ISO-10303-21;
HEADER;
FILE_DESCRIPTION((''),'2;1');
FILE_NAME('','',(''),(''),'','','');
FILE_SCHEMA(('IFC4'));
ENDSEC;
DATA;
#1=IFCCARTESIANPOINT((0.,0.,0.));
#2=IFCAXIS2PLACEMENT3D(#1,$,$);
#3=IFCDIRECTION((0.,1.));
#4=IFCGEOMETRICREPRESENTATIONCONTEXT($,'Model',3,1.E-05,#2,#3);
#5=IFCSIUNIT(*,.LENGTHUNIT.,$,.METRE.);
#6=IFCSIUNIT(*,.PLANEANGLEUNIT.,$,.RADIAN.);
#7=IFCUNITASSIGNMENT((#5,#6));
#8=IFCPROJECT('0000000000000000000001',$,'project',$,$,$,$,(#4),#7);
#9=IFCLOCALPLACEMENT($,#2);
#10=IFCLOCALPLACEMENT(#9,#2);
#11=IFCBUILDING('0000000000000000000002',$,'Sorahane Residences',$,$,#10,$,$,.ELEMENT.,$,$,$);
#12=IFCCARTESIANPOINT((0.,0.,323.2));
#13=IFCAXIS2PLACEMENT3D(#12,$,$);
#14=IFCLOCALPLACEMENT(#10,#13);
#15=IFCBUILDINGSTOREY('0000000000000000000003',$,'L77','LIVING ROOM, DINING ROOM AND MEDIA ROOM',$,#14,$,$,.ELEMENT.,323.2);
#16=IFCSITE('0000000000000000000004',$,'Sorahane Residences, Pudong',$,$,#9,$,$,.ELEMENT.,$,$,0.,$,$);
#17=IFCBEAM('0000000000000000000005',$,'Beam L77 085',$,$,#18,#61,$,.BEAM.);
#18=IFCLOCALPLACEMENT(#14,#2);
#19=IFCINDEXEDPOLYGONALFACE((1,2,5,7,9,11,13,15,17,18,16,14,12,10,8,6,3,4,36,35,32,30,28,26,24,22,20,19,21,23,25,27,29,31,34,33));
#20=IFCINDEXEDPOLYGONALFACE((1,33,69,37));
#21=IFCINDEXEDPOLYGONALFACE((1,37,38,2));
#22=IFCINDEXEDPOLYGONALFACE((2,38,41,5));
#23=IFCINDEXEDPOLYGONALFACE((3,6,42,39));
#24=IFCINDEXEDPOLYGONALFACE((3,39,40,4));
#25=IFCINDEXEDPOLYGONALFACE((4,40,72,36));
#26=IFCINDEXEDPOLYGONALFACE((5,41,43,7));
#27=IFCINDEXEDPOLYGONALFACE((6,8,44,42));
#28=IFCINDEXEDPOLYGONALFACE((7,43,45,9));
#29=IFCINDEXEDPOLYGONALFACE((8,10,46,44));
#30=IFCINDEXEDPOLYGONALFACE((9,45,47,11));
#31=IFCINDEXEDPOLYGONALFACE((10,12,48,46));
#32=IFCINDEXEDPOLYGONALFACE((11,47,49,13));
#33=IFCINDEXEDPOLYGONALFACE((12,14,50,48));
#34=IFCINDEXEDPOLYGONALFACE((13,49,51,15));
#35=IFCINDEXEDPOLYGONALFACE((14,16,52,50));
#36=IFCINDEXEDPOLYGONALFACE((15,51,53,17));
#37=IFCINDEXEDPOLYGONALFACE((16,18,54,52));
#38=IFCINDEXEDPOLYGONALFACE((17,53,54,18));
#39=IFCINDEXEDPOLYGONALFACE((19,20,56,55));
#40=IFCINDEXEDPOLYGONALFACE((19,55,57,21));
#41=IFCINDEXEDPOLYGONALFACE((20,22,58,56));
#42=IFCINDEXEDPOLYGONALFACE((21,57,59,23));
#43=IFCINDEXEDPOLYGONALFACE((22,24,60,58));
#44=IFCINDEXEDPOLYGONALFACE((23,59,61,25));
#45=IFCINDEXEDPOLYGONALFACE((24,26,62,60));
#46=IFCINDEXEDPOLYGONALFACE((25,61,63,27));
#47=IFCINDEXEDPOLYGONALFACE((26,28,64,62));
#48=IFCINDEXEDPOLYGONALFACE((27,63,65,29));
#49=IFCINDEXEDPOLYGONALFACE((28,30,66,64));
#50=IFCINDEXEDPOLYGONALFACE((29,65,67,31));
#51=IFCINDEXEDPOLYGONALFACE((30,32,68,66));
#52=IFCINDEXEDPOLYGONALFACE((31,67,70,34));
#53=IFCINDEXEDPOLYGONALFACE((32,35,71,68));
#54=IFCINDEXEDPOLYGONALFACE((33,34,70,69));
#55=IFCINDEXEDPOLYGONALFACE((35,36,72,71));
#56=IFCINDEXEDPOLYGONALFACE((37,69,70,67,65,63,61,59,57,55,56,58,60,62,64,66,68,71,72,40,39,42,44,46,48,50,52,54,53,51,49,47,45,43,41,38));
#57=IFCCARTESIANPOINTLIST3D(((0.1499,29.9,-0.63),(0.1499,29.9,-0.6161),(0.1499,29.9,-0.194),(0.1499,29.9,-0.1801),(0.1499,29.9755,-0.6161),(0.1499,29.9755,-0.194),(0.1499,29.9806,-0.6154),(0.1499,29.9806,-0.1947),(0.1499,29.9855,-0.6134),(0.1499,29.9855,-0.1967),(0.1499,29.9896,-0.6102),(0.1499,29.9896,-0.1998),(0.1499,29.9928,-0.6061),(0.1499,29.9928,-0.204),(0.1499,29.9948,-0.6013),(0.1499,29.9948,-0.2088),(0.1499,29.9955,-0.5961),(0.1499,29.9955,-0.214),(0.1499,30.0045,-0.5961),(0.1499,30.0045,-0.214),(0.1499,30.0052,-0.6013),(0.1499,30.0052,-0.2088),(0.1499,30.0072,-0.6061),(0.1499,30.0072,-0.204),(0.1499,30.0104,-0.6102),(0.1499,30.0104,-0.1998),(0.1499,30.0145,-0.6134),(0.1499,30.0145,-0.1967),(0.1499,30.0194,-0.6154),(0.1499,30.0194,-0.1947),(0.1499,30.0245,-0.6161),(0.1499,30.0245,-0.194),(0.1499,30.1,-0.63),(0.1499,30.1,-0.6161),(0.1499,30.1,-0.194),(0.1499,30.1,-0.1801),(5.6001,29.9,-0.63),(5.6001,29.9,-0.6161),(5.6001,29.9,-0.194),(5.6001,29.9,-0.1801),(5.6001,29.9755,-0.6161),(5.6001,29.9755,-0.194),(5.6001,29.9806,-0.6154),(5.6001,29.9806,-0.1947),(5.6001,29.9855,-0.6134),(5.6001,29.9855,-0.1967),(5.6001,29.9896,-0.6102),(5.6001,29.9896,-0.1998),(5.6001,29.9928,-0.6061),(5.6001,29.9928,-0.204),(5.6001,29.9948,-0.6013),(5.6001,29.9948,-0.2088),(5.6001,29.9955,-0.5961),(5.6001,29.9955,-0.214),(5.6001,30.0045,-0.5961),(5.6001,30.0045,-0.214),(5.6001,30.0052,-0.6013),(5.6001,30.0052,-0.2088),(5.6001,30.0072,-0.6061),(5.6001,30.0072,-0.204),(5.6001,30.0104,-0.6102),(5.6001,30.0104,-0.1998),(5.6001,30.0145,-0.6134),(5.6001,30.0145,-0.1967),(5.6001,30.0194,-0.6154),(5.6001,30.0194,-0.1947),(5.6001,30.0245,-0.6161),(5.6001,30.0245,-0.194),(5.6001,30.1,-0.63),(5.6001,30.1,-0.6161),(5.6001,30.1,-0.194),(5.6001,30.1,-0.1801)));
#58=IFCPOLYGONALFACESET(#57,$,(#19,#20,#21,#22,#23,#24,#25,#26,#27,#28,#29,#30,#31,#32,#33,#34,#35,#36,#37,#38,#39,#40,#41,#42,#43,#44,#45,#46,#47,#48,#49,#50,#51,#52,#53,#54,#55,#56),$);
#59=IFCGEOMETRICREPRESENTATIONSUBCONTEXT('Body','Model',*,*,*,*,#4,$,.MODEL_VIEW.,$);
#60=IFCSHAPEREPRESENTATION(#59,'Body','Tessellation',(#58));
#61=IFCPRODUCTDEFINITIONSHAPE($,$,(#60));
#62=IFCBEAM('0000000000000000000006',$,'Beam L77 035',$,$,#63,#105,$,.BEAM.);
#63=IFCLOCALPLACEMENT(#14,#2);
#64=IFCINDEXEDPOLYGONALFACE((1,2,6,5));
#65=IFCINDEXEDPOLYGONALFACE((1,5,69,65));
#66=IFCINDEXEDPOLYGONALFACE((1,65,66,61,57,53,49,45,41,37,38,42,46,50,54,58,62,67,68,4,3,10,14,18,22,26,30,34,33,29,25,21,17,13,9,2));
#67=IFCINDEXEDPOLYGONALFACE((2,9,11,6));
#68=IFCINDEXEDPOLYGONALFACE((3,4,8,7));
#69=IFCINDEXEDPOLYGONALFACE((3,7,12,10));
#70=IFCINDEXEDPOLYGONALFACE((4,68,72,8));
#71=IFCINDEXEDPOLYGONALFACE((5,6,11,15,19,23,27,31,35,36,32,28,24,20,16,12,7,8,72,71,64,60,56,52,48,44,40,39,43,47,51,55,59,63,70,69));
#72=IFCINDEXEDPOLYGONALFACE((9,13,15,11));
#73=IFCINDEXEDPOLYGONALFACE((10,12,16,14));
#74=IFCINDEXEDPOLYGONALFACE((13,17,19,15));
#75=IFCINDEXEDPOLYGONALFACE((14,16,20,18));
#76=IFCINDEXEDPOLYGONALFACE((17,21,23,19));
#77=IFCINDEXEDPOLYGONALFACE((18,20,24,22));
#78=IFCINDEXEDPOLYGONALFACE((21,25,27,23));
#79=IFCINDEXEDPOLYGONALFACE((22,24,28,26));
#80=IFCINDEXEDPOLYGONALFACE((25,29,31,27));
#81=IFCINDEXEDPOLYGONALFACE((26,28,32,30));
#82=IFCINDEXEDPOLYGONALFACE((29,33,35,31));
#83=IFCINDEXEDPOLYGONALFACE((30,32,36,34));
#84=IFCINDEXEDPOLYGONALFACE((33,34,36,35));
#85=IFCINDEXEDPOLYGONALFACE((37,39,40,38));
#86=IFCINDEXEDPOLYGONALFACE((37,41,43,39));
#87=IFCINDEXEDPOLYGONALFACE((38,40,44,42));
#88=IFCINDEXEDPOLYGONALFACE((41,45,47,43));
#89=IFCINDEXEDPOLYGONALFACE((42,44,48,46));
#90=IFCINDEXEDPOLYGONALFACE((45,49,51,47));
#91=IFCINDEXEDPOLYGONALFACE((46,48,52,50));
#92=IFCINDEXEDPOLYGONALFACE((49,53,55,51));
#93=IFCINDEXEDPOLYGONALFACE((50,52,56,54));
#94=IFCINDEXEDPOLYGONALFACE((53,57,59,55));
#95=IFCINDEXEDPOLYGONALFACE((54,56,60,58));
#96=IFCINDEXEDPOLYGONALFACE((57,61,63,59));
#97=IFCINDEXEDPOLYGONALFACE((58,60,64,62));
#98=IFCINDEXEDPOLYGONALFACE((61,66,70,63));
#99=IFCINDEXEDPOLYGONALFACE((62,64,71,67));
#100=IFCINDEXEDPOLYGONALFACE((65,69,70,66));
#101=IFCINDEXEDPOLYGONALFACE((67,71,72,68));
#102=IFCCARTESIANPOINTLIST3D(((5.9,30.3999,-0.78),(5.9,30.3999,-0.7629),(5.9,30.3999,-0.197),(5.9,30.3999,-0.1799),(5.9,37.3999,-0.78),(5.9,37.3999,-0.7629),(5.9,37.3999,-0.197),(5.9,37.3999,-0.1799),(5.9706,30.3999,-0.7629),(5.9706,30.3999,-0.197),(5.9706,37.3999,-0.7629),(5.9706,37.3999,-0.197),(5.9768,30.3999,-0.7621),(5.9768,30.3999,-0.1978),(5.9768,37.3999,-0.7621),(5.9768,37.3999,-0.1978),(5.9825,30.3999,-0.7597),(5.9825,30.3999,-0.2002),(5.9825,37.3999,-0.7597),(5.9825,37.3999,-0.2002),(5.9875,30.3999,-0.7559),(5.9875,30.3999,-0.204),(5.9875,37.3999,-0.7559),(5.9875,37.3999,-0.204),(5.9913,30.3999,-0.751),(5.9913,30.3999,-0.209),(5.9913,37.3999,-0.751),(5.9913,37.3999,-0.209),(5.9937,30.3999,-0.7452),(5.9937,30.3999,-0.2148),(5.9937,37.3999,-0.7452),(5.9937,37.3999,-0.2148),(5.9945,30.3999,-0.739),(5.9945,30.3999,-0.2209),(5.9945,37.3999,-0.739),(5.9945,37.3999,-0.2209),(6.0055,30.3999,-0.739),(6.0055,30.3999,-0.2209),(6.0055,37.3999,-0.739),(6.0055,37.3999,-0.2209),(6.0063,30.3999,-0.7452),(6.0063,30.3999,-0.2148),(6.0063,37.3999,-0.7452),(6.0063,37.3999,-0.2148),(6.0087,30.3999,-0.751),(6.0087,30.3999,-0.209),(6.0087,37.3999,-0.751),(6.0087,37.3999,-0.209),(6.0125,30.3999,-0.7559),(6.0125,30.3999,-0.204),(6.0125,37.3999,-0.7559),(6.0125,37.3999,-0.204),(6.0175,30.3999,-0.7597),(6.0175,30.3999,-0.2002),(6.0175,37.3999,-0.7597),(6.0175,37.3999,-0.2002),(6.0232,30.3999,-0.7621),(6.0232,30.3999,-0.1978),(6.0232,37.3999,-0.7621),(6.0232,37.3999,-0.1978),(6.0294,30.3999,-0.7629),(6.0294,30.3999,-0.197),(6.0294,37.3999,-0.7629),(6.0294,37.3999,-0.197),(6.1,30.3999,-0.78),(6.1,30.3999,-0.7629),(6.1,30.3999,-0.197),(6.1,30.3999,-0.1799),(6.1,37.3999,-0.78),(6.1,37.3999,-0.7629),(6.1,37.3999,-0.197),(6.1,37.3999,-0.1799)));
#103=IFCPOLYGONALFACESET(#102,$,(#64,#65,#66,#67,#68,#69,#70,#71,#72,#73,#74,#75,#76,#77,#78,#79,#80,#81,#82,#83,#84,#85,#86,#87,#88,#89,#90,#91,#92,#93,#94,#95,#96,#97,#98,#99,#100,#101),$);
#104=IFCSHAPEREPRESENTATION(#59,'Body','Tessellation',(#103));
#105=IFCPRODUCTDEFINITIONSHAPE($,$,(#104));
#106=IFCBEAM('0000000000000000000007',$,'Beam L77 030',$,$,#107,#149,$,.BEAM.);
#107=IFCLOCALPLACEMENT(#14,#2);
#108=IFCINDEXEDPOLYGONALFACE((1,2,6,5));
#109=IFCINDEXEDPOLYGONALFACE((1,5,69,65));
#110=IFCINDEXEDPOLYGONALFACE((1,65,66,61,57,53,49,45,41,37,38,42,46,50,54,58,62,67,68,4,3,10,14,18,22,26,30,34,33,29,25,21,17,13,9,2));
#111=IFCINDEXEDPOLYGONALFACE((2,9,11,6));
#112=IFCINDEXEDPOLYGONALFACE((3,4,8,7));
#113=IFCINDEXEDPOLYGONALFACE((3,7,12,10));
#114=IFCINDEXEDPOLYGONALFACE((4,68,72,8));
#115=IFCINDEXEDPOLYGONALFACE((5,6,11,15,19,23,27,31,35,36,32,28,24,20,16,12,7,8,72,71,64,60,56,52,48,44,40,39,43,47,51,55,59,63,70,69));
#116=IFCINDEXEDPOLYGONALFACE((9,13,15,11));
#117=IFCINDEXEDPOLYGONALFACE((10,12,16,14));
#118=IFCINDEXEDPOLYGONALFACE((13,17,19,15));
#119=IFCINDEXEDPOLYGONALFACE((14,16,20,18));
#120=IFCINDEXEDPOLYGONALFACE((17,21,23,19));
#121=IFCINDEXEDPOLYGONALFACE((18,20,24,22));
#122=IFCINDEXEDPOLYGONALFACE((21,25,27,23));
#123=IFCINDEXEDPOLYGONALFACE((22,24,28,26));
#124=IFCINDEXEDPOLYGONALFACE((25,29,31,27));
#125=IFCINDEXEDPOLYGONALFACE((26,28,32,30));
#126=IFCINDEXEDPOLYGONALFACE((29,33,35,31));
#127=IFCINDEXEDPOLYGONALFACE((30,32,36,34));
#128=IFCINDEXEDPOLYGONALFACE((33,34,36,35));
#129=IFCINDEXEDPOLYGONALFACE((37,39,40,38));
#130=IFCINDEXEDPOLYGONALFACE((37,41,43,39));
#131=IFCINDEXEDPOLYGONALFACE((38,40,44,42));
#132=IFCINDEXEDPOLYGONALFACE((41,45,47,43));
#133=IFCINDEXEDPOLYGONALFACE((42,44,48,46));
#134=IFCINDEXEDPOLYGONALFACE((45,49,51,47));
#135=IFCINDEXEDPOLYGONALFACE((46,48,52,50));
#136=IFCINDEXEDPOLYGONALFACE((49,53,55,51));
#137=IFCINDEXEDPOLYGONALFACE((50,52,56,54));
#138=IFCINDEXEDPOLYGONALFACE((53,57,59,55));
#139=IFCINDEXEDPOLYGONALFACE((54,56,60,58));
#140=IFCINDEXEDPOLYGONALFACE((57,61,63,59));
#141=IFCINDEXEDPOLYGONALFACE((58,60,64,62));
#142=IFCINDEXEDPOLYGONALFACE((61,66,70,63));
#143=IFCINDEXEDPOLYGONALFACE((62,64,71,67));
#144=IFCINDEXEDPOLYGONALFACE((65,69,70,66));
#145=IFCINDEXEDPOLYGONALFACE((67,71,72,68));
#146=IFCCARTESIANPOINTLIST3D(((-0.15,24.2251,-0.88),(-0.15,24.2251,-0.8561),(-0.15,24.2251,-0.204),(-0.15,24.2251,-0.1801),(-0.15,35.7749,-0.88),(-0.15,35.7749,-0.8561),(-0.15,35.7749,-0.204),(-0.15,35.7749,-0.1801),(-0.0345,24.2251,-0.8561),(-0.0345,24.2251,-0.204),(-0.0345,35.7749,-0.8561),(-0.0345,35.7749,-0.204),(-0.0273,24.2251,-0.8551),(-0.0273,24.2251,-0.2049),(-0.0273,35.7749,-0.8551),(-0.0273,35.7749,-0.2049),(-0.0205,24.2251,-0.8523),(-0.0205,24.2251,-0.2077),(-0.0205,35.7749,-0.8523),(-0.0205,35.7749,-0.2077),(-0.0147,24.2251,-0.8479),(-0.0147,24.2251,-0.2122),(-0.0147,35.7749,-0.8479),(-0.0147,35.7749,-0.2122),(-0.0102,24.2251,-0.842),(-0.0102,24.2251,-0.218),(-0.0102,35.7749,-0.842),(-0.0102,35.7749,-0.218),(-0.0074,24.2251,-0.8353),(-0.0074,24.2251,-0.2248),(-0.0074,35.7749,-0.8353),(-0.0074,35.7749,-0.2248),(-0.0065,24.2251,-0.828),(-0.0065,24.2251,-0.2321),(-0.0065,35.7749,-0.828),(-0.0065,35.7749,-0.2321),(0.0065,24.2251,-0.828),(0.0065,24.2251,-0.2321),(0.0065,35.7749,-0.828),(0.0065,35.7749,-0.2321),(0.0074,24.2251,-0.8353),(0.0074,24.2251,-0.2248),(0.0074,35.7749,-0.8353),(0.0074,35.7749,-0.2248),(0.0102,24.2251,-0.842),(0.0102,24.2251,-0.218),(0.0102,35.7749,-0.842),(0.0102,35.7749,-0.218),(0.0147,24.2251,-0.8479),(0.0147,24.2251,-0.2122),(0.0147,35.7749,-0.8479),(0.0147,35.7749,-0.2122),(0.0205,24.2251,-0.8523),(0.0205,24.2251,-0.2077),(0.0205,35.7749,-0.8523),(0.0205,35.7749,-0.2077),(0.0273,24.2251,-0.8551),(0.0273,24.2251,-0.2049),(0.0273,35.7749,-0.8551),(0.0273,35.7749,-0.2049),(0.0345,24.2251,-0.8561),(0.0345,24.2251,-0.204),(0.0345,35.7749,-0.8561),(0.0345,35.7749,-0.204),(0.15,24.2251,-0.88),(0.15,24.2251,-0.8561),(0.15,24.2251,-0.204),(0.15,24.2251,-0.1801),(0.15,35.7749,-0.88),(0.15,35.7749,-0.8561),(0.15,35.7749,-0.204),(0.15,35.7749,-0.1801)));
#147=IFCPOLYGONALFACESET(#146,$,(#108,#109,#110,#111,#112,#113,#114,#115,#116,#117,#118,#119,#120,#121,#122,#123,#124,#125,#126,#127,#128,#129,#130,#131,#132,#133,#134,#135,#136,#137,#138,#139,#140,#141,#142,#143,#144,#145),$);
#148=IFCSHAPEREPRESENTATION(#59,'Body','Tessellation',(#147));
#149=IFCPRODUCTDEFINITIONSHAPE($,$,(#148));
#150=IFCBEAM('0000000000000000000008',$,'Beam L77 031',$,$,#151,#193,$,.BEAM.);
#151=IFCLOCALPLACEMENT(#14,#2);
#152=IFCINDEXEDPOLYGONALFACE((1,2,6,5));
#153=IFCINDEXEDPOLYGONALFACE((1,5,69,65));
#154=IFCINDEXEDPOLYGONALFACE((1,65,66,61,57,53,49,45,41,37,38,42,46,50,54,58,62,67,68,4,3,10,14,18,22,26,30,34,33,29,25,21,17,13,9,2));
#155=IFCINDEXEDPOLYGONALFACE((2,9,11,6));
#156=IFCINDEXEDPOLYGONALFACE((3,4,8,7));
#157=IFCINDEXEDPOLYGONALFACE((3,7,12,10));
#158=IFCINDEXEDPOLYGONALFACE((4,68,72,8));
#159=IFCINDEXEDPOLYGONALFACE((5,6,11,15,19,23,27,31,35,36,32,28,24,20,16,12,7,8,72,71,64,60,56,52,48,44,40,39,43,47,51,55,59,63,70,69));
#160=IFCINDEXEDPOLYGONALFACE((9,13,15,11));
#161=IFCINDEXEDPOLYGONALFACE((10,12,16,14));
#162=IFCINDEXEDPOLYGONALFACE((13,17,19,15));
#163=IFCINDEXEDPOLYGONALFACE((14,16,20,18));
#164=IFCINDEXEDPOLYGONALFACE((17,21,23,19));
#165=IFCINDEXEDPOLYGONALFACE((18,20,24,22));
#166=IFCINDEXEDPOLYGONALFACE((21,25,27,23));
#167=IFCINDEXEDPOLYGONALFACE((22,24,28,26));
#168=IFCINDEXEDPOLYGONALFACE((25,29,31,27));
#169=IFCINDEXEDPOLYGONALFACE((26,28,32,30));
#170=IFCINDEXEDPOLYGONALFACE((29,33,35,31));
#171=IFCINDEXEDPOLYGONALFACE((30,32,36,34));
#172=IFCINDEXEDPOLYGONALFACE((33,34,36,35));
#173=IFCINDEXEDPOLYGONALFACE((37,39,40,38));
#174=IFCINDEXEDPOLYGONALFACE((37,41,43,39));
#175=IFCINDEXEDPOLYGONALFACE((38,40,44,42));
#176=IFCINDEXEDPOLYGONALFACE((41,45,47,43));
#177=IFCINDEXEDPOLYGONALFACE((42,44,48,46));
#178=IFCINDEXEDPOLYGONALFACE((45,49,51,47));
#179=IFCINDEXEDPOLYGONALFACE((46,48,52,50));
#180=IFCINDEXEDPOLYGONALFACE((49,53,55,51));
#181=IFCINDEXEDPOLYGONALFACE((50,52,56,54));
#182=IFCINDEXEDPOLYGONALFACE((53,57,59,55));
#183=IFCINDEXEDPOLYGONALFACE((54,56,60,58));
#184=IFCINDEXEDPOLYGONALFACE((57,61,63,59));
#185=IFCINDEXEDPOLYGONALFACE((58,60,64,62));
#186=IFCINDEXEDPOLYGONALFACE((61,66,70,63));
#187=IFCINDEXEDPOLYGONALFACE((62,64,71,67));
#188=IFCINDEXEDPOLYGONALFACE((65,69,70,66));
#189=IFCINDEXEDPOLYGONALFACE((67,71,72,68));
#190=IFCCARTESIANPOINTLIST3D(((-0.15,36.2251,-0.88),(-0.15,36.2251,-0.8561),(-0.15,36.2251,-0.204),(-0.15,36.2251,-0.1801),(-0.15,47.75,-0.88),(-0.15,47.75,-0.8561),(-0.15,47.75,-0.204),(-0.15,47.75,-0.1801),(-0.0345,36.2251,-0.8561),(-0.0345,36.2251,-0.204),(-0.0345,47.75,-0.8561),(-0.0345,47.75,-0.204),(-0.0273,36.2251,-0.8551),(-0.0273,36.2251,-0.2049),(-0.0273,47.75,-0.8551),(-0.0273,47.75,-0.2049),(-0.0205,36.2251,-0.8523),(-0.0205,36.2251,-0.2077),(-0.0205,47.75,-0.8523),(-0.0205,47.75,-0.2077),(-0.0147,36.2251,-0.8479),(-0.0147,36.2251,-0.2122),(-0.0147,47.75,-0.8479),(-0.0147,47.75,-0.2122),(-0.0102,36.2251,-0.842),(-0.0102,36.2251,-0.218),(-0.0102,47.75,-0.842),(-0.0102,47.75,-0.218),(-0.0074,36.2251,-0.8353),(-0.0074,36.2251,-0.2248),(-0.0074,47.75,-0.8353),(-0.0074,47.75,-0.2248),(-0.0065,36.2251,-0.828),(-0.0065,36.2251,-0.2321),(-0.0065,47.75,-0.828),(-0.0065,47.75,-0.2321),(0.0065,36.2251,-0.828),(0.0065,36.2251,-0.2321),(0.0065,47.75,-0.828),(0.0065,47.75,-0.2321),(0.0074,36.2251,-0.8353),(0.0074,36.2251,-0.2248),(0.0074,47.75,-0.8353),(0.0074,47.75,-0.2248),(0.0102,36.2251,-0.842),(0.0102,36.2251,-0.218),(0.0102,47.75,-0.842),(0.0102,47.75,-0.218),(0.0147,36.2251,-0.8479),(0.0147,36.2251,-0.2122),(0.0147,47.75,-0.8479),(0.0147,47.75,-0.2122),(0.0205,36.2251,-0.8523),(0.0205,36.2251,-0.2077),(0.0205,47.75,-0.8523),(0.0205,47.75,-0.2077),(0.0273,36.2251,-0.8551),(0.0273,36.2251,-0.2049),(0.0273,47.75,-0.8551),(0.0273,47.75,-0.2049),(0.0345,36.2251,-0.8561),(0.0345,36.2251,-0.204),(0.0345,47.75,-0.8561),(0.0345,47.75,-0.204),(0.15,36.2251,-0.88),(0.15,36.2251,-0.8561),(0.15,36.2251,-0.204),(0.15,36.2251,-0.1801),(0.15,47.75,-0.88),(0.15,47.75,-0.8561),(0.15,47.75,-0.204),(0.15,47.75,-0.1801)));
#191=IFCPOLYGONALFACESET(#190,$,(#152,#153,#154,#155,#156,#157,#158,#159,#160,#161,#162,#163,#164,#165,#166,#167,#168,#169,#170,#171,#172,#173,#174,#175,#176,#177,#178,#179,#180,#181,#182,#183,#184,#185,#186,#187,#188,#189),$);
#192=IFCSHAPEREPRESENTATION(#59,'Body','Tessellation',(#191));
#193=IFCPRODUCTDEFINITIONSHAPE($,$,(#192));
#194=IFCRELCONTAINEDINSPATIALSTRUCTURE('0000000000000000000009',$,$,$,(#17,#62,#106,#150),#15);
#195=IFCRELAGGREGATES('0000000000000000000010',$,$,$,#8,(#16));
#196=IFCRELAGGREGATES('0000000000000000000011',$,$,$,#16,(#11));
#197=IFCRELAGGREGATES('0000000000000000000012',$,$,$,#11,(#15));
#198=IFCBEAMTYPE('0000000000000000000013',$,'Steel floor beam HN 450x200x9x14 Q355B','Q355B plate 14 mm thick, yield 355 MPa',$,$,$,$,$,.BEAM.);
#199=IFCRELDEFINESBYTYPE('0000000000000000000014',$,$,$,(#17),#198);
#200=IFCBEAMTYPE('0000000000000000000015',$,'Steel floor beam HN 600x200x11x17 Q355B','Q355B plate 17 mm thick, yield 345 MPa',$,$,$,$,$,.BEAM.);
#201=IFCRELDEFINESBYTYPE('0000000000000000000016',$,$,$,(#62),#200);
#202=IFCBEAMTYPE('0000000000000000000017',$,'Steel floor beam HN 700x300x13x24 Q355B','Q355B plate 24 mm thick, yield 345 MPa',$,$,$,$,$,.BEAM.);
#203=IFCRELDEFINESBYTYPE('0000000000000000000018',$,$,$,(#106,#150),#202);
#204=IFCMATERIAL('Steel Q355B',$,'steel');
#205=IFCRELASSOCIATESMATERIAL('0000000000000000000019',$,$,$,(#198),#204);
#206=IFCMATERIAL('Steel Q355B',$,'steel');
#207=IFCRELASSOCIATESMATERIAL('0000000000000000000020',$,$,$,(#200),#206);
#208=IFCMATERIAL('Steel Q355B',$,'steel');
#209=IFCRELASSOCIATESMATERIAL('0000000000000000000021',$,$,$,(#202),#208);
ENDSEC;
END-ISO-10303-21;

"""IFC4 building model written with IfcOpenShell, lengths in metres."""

from ifc_helpers import new_model, si_unit, direction, frame, origin, origin_2d, place, context, subcontext, project, spatial, i_section, extrude, material, material_profile, profile_set, type_object, element, save


model = new_model("IFC4")

# Units and contexts
model_context = context("Model", 3, precision=1e-05, world=origin(), true_north=direction((0.0, 1.0)))
body_context = subcontext(model_context, "Body", "Model", "MODEL_VIEW")
ifc_project = project(units=[si_unit("LENGTHUNIT", "METRE"), si_unit("PLANEANGLEUNIT", "RADIAN")], contexts=[model_context])

# Site, building, storey
site_placement = place(None, origin())
site = spatial("IfcSite", under=ifc_project, at=site_placement, Name="Sorahane Residences, Pudong", CompositionType="ELEMENT", RefElevation=0.0)
building_placement = place(site_placement, origin())
building = spatial("IfcBuilding", under=site, at=building_placement, Name="Sorahane Residences", CompositionType="ELEMENT")
storey_placement = place(building_placement, frame((0.0, 0.0, 323.2)))
storey = spatial("IfcBuildingStorey", under=building, at=storey_placement, Name="L77", Description="LIVING ROOM, DINING ROOM AND MEDIA ROOM", CompositionType="ELEMENT", Elevation=323.2)

# Beams
ifc_material_1 = material(Name="Steel Q355B", Category="steel")
ifc_material_profile_1 = material_profile(ifc_material_1, i_section(OverallWidth=0.2, OverallDepth=0.45, WebThickness=0.009, FlangeThickness=0.0139, FilletRadius=0.02, at=origin_2d()), Name="HN 450x200x9x14")
ifc_profile_set_1 = profile_set([ifc_material_profile_1], Name="Steel Q355B")
beam_type_1 = type_object("IfcBeamType", Name="Steel floor beam HN 450x200x9x14 Q355B", Description="Q355B plate 14 mm thick, yield 355 MPa", PredefinedType="BEAM", material=ifc_profile_set_1)
beam_1_placement = place(storey_placement, frame((0.1499, 30.0, -0.405), z_axis=(1.0, 0.0, 0.0), x_axis=(0.0, 1.0, 0.0)))
element("IfcBeam", 1, at=beam_1_placement, inside=storey, type_object=beam_type_1, Name="Beam L77 085", PredefinedType="BEAM", context=body_context, shape_type="SweptSolid", body=[
    extrude(i_section(OverallWidth=0.2, OverallDepth=0.45, WebThickness=0.009, FlangeThickness=0.0139, FilletRadius=0.02, at=origin_2d()), origin(), (0.0, 0.0, 1.0), 5.4502),
])
ifc_material_2 = material(Name="Steel Q355B", Category="steel")
ifc_material_profile_2 = material_profile(ifc_material_2, i_section(OverallWidth=0.2, OverallDepth=0.6001, WebThickness=0.011, FlangeThickness=0.0171, FilletRadius=0.0239, at=origin_2d()), Name="HN 600x200x11x17")
ifc_profile_set_2 = profile_set([ifc_material_profile_2], Name="Steel Q355B")
beam_type_2 = type_object("IfcBeamType", Name="Steel floor beam HN 600x200x11x17 Q355B", Description="Q355B plate 17 mm thick, yield 345 MPa", PredefinedType="BEAM", material=ifc_profile_set_2)
beam_2_placement = place(storey_placement, frame((6.0, 30.3999, -0.48), z_axis=(0.0, 1.0, 0.0), x_axis=(-1.0, 0.0, 0.0)))
element("IfcBeam", 2, at=beam_2_placement, inside=storey, type_object=beam_type_2, Name="Beam L77 035", PredefinedType="BEAM", context=body_context, shape_type="SweptSolid", body=[
    extrude(i_section(OverallWidth=0.2, OverallDepth=0.6001, WebThickness=0.011, FlangeThickness=0.0171, FilletRadius=0.0239, at=origin_2d()), origin(), (0.0, 0.0, 1.0), 7.0),
])
ifc_material_3 = material(Name="Steel Q355B", Category="steel")
ifc_material_profile_3 = material_profile(ifc_material_3, i_section(OverallWidth=0.3, OverallDepth=0.7, WebThickness=0.0129, FlangeThickness=0.0239, FilletRadius=0.0281, at=origin_2d()), Name="HN 700x300x13x24")
ifc_profile_set_3 = profile_set([ifc_material_profile_3], Name="Steel Q355B")
beam_type_3 = type_object("IfcBeamType", Name="Steel floor beam HN 700x300x13x24 Q355B", Description="Q355B plate 24 mm thick, yield 345 MPa", PredefinedType="BEAM", material=ifc_profile_set_3)
beam_3_placement = place(storey_placement, frame((0.0, 24.2251, -0.53), z_axis=(0.0, 1.0, 0.0), x_axis=(-1.0, 0.0, 0.0)))
element("IfcBeam", 3, at=beam_3_placement, inside=storey, type_object=beam_type_3, Name="Beam L77 030", PredefinedType="BEAM", context=body_context, shape_type="SweptSolid", body=[
    extrude(i_section(OverallWidth=0.3, OverallDepth=0.7, WebThickness=0.0129, FlangeThickness=0.0239, FilletRadius=0.0281, at=origin_2d()), origin(), (0.0, 0.0, 1.0), 11.5498),
])
beam_4_placement = place(storey_placement, frame((0.0, 36.2251, -0.53), z_axis=(0.0, 1.0, 0.0), x_axis=(-1.0, 0.0, 0.0)))
element("IfcBeam", 4, at=beam_4_placement, inside=storey, type_object=beam_type_3, Name="Beam L77 031", PredefinedType="BEAM", context=body_context, shape_type="SweptSolid", body=[
    extrude(i_section(OverallWidth=0.3, OverallDepth=0.7, WebThickness=0.0129, FlangeThickness=0.0239, FilletRadius=0.0281, at=origin_2d()), origin(), (0.0, 0.0, 1.0), 11.5249),
])

save(model, "model.ifc")
